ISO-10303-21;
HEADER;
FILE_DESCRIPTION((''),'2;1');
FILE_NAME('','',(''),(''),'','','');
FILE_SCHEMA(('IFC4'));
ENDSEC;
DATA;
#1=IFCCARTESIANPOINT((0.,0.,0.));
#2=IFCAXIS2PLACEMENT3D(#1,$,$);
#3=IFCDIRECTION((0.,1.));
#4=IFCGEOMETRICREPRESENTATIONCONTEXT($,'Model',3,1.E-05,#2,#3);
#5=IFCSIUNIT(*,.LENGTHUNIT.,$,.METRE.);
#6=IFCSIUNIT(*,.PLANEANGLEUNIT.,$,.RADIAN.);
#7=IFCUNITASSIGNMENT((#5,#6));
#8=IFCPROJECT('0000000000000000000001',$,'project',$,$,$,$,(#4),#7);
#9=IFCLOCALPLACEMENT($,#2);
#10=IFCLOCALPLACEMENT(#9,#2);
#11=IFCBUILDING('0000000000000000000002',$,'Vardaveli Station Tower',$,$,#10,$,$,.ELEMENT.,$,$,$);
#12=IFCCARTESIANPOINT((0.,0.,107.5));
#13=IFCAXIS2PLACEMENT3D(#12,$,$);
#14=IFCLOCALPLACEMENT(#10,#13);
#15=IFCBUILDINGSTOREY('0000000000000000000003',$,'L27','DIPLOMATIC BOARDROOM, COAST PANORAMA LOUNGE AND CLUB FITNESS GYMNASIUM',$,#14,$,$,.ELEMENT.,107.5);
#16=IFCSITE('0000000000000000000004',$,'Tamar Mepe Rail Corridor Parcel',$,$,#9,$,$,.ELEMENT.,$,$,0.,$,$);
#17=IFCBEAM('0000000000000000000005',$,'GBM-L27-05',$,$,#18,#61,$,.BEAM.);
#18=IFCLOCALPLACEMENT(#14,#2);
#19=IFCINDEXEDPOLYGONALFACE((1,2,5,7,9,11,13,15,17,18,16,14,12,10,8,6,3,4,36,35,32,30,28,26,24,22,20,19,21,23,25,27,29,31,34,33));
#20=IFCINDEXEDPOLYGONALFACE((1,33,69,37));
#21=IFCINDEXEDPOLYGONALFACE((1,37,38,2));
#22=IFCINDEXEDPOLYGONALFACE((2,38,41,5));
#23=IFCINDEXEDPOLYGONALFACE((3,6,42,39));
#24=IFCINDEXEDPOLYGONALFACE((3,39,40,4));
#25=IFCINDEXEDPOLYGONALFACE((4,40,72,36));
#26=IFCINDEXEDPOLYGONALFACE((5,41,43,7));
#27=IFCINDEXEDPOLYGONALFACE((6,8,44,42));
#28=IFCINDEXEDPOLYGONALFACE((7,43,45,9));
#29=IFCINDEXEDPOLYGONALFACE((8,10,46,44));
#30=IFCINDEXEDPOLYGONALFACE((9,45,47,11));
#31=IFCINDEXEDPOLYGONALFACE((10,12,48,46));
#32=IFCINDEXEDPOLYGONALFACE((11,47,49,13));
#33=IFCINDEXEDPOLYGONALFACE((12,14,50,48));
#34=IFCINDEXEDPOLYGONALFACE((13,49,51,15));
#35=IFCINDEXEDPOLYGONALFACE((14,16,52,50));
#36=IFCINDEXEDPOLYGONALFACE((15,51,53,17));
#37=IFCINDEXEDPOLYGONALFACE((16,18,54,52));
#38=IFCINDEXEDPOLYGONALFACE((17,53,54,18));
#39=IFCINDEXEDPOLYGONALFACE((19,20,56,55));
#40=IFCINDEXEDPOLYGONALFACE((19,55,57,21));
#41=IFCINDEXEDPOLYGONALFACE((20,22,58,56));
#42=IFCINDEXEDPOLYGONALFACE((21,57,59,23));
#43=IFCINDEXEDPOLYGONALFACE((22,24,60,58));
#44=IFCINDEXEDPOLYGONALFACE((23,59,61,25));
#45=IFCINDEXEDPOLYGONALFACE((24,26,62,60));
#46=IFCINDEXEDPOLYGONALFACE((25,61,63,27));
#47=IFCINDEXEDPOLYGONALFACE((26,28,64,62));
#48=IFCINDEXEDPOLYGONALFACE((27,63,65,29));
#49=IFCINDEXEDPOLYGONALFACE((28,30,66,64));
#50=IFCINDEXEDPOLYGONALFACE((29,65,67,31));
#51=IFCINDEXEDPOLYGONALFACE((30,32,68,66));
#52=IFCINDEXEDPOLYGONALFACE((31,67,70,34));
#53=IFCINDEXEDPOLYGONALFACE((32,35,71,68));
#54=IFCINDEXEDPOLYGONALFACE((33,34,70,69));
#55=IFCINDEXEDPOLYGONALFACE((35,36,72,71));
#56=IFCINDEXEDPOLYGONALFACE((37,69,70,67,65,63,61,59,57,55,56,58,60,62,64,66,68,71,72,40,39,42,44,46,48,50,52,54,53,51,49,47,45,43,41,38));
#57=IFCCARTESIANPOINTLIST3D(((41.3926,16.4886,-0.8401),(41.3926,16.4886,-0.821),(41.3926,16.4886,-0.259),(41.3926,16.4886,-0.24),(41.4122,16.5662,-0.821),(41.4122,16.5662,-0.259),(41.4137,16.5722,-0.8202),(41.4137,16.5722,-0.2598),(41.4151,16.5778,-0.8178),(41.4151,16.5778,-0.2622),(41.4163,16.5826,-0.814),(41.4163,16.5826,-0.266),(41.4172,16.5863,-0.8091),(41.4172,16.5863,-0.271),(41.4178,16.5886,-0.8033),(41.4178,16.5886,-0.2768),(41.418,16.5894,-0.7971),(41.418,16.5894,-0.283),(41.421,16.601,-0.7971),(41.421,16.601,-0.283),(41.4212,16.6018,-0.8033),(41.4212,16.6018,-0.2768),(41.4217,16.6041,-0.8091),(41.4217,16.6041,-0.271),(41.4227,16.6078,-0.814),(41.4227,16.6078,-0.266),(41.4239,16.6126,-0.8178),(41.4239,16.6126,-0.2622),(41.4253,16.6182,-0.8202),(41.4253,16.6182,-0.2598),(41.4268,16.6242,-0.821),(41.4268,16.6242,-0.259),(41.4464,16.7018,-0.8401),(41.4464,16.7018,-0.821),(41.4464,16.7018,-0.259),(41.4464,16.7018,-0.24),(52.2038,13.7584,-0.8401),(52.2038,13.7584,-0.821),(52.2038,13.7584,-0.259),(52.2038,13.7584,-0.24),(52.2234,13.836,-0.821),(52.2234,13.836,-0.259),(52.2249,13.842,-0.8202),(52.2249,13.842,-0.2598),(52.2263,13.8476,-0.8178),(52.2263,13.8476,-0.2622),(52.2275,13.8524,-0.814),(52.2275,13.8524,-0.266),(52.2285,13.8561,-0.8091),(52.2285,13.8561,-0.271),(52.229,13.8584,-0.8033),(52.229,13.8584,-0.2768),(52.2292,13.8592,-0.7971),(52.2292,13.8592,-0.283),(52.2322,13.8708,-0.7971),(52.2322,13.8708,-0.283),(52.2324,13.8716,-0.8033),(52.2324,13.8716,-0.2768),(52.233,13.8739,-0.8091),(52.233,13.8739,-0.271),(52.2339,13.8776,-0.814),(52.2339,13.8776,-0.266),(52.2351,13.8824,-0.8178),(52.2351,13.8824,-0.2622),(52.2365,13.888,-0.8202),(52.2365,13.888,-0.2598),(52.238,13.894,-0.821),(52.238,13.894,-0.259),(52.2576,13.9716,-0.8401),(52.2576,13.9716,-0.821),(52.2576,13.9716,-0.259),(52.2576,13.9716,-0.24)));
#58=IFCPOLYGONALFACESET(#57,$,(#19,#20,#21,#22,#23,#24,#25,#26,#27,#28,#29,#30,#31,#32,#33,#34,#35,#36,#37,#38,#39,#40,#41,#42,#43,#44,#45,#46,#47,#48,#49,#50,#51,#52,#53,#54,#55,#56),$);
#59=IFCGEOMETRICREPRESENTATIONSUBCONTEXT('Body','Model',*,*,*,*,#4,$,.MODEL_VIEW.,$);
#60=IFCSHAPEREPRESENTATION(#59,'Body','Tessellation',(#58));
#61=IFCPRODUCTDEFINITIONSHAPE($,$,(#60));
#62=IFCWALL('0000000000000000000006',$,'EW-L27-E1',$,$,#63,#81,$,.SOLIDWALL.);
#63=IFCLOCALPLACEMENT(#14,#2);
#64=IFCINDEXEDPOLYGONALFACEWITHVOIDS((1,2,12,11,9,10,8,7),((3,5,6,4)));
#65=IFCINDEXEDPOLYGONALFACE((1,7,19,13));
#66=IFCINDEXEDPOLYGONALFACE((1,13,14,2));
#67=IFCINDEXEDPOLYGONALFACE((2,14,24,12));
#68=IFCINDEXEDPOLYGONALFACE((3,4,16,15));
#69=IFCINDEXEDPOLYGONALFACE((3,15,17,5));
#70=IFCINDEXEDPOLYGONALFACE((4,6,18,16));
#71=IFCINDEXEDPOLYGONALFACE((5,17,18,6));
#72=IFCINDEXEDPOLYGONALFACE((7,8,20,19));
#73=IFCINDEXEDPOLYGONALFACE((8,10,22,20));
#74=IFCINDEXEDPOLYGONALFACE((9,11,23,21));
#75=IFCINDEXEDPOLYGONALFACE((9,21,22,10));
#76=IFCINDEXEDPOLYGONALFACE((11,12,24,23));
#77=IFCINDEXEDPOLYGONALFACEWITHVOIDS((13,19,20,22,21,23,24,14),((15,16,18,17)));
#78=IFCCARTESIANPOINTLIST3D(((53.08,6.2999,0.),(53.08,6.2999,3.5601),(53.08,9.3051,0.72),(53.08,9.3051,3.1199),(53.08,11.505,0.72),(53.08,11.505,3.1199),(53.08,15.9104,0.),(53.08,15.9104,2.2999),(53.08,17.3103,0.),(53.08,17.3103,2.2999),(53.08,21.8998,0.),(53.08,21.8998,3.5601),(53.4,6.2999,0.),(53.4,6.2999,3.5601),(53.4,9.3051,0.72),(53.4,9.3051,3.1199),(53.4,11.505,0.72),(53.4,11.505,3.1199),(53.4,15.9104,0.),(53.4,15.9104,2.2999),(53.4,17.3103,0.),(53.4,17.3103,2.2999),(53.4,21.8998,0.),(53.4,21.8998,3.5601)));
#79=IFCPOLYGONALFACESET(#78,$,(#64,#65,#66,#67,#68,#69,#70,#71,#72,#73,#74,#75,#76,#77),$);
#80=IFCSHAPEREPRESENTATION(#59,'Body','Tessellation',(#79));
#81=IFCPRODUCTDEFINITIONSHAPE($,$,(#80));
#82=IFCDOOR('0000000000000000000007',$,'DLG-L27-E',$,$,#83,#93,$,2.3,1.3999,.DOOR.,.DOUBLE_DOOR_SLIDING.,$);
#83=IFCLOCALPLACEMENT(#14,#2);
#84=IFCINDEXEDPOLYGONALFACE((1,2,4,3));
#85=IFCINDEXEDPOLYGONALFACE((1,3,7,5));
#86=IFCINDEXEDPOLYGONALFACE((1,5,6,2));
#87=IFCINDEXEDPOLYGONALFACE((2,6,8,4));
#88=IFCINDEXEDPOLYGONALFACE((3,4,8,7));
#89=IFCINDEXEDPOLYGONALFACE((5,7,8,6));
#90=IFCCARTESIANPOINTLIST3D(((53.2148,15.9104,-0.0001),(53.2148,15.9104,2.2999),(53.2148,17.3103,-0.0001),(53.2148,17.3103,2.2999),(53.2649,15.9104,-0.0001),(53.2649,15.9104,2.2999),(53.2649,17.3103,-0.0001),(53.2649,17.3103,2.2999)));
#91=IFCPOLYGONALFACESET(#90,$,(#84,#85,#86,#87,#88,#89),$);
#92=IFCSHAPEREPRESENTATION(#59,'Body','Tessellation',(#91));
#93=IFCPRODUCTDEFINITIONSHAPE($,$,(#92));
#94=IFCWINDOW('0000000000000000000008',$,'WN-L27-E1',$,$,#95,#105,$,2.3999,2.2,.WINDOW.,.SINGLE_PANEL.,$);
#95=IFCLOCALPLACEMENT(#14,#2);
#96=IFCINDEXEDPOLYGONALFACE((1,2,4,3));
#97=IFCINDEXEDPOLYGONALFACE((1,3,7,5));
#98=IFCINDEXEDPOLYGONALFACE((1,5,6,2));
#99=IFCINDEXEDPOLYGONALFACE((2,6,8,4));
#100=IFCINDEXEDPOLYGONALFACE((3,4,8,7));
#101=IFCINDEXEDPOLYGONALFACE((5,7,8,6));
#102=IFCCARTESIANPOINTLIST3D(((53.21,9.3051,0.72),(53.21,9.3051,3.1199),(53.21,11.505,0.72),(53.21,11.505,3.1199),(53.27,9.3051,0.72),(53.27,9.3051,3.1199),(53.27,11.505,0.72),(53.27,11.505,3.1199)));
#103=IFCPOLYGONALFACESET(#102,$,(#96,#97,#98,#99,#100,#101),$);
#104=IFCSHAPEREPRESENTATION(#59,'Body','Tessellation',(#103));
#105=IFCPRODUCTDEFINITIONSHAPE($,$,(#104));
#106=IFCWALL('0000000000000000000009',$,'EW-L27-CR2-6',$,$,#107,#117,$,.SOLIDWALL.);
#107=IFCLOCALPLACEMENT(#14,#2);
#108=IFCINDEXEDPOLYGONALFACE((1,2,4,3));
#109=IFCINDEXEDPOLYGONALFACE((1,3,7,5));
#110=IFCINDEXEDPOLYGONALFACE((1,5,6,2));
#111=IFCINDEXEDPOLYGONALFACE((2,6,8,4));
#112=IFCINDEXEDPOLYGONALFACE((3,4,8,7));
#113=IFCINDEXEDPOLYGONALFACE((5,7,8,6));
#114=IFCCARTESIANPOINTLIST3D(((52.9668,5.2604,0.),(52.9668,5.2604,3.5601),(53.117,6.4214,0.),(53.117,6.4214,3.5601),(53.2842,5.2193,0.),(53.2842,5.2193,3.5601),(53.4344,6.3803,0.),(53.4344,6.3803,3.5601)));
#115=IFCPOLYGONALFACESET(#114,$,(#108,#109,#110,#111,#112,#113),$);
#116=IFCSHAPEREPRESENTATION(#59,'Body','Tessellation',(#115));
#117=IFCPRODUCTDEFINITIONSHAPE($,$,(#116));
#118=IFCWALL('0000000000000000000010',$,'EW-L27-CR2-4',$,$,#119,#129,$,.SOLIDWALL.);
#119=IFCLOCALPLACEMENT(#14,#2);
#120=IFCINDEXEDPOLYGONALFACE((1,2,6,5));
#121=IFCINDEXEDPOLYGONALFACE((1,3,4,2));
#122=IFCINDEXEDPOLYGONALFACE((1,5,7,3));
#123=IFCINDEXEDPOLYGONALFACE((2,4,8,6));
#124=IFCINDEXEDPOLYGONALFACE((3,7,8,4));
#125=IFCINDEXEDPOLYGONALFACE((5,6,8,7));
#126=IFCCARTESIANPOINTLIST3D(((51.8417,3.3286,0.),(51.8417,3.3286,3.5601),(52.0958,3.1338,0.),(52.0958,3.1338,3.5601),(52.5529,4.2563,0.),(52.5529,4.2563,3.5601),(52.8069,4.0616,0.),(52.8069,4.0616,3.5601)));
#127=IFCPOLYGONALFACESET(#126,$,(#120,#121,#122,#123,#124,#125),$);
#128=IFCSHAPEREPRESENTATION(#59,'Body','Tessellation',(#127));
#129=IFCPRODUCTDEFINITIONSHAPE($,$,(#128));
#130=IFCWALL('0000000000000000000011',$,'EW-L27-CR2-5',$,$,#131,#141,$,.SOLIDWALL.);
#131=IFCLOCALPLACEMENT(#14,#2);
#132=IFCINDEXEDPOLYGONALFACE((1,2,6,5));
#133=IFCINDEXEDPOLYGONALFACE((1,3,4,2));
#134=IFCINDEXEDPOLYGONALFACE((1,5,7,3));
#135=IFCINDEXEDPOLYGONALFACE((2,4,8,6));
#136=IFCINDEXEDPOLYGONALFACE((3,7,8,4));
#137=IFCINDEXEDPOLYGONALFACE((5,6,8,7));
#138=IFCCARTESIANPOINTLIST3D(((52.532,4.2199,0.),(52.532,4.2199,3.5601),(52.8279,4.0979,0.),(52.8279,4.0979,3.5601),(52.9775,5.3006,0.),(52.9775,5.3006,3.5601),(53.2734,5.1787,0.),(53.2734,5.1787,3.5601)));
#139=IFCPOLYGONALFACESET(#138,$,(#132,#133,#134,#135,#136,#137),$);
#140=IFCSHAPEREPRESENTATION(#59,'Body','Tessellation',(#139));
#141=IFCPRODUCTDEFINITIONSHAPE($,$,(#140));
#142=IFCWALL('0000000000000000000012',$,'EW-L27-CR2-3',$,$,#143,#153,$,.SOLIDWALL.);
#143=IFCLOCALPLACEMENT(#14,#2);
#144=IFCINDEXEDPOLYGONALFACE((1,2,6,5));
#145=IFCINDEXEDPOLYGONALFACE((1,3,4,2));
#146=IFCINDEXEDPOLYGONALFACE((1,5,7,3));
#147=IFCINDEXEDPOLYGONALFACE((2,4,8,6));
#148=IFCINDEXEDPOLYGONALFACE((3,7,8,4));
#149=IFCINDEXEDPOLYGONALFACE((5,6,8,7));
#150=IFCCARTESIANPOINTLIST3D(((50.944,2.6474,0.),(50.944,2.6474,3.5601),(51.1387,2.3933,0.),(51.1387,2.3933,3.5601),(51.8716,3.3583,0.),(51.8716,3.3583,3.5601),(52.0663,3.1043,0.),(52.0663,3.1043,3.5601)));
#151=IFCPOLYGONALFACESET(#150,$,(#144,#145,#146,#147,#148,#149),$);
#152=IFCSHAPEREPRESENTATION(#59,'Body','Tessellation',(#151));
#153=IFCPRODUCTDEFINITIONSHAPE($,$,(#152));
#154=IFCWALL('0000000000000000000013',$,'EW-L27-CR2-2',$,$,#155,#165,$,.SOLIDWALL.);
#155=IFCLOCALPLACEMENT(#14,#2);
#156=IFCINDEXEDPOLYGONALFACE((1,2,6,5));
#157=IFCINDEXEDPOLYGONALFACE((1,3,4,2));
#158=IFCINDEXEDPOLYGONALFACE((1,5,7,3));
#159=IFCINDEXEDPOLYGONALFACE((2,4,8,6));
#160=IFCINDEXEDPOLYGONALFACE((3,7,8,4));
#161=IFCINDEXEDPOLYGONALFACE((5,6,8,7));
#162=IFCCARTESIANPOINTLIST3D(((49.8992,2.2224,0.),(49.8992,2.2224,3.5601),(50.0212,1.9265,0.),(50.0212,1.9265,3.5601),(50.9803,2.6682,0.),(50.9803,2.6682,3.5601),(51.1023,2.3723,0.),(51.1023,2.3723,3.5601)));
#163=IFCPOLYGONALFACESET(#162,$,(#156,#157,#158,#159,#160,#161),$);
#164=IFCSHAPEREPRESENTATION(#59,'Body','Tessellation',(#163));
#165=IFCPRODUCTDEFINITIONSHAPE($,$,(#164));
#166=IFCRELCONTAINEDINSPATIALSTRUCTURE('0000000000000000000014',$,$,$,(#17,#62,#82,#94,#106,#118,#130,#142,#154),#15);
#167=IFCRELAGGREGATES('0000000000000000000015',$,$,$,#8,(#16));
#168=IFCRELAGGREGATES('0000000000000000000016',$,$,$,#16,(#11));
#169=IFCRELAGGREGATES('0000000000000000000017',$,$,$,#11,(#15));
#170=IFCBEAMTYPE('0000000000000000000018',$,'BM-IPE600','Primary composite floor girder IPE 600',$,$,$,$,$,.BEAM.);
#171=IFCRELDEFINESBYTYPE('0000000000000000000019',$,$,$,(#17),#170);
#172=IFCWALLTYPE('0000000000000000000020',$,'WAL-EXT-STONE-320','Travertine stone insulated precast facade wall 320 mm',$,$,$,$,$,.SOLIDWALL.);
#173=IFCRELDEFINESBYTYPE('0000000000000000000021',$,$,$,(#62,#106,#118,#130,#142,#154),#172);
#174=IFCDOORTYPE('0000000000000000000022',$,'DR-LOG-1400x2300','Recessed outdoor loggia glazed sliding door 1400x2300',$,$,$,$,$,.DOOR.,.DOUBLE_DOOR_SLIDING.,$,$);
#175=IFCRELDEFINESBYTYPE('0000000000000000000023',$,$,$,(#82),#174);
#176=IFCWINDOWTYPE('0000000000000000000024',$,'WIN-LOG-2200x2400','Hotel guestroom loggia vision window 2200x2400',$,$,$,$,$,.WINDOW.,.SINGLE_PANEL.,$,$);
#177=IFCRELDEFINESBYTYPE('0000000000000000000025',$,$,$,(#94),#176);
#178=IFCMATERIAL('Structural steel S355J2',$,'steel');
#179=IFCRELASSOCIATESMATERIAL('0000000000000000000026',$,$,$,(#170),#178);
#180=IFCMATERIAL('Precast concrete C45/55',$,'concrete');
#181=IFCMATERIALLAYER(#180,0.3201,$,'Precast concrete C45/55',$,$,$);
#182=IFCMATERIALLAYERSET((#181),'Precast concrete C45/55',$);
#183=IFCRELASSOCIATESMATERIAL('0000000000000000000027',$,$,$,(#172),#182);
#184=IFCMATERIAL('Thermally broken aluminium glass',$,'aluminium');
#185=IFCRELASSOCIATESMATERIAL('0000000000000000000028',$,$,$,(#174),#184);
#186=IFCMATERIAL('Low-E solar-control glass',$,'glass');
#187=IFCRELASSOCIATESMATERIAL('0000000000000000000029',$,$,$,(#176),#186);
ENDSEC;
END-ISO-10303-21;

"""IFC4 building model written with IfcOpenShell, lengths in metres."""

from ifc_helpers import new_model, si_unit, direction, frame, frame_2d, origin, origin_2d, place, context, subcontext, project, spatial, rectangle, i_section, extrude, source, transform, mapped, material, layer, layer_set, material_profile, profile_set, type_object, element, fill, save


model = new_model("IFC4")

# Units and contexts
model_context = context("Model", 3, precision=1e-05, world=origin(), true_north=direction((0.0, 1.0)))
body_context = subcontext(model_context, "Body", "Model", "MODEL_VIEW")
ifc_project = project(units=[si_unit("LENGTHUNIT", "METRE"), si_unit("PLANEANGLEUNIT", "RADIAN")], contexts=[model_context])

# Site, building, storey
site_placement = place(None, origin())
site = spatial("IfcSite", under=ifc_project, at=site_placement, Name="Tamar Mepe Rail Corridor Parcel", CompositionType="ELEMENT", RefElevation=0.0)
building_placement = place(site_placement, origin())
building = spatial("IfcBuilding", under=site, at=building_placement, Name="Vardaveli Station Tower", CompositionType="ELEMENT")
storey_placement = place(building_placement, frame((0.0, 0.0, 107.5)))
storey = spatial("IfcBuildingStorey", under=building, at=storey_placement, Name="L27", Description="DIPLOMATIC BOARDROOM, COAST PANORAMA LOUNGE AND CLUB FITNESS GYMNASIUM", CompositionType="ELEMENT", Elevation=107.5)

# Beam
ifc_material_1 = material(Name="Precast concrete C45/55", Category="concrete")
ifc_material_2 = material(Name="Structural steel S355J2", Category="steel")
ifc_material_profile_1 = material_profile(ifc_material_2, i_section(OverallWidth=0.22, OverallDepth=0.6001, WebThickness=0.012, FlangeThickness=0.019, FilletRadius=0.0239, at=origin_2d()), Name="IPE 600")
ifc_profile_set_1 = profile_set([ifc_material_profile_1], Name="Structural steel S355J2")
beam_type_1 = type_object("IfcBeamType", Name="BM-IPE600", Description="Primary composite floor girder IPE 600", PredefinedType="BEAM", material=ifc_profile_set_1)
shared_shape_1 = source(origin(), body_context, "Body", "SweptSolid", [
    extrude(i_section(OverallWidth=0.22, OverallDepth=0.6001, WebThickness=0.012, FlangeThickness=0.019, FilletRadius=0.0239, at=origin_2d()), origin(), (0.0, 0.0, 1.0), 11.1506),
])
beam_1_placement = place(storey_placement, frame((52.2307, 13.865, -0.54), z_axis=(-0.969561, 0.244848, 0.0), x_axis=(-0.244848, -0.969561, 0.0)))
element("IfcBeam", 1, at=beam_1_placement, inside=storey, type_object=beam_type_1, Name="GBM-L27-05", PredefinedType="BEAM", context=body_context, shape_type="MappedRepresentation", body=[
    mapped(shared_shape_1, transform((0.0, 0.0, 0.0), scale=1.0)),
])

# Wall, openings, door, window
ifc_layer_1 = layer(ifc_material_1, 0.3201, Name="Precast concrete C45/55")
ifc_layer_set_1 = layer_set([ifc_layer_1], Name="Precast concrete C45/55")
wall_type_1 = type_object("IfcWallType", Name="WAL-EXT-STONE-320", Description="Travertine stone insulated precast facade wall 320 mm", PredefinedType="SOLIDWALL", material=ifc_layer_set_1)
shared_shape_2 = source(origin(), body_context, "Body", "SweptSolid", [
    extrude(rectangle(XDim=15.5999, YDim=0.3201, at=frame_2d((7.7998, 0.0))), origin(), (0.0, 0.0, 1.0), 3.5601),
])
wall_1_placement = place(storey_placement, frame((53.24, 6.3, 0.0), z_axis=(0.0, 0.0, 1.0), x_axis=(0.0, 1.0, 0.0)))
wall_1 = element("IfcWall", 2, at=wall_1_placement, inside=storey, type_object=wall_type_1, Name="EW-L27-E1", PredefinedType="SOLIDWALL", context=body_context, shape_type="MappedRepresentation", body=[
    mapped(shared_shape_2, transform((0.0, 0.0, 0.0), scale=1.0)),
])
shared_shape_3 = source(origin(), body_context, "Body", "SweptSolid", [
    extrude(rectangle(XDim=1.3999, YDim=2.3, at=frame_2d((0.7, 1.1499))), frame((0.0, 0.1699, 0.0), z_axis=(0.0, -1.0, 0.0), x_axis=(1.0, 0.0, 0.0)), (0.0, 0.0, 1.0), 0.3401),
])
opening_1_placement = place(wall_1_placement, frame((9.6104, 0.0, 0.0)))
opening_1 = element("IfcOpeningElement", 3, at=opening_1_placement, cuts=wall_1, PredefinedType="OPENING", context=body_context, shape_type="MappedRepresentation", body=[
    mapped(shared_shape_3, transform((0.0, 0.0, 0.0), scale=1.0)),
])
shared_shape_4 = source(origin(), body_context, "Body", "SweptSolid", [
    extrude(rectangle(XDim=2.2, YDim=2.3999, at=frame_2d((1.1001, 1.2))), frame((0.0, 0.1699, 0.0), z_axis=(0.0, -1.0, 0.0), x_axis=(1.0, 0.0, 0.0)), (0.0, 0.0, 1.0), 0.3401),
])
opening_2_placement = place(wall_1_placement, frame((3.0049, 0.0, 0.72)))
opening_2 = element("IfcOpeningElement", 4, at=opening_2_placement, cuts=wall_1, PredefinedType="OPENING", context=body_context, shape_type="MappedRepresentation", body=[
    mapped(shared_shape_4, transform((0.0, 0.0, 0.0), scale=1.0)),
])
ifc_material_3 = material(Name="Thermally broken aluminium glass", Category="aluminium")
door_type_1 = type_object("IfcDoorType", Name="DR-LOG-1400x2300", Description="Recessed outdoor loggia glazed sliding door 1400x2300", OperationType="DOUBLE_DOOR_SLIDING", PredefinedType="DOOR", material=ifc_material_3)
shared_shape_5 = source(origin(), body_context, "Body", "SweptSolid", [
    extrude(rectangle(XDim=1.3999, YDim=2.3, at=frame_2d((0.7, 1.1499))), frame((0.0, 0.0249, 0.0), z_axis=(0.0, -1.0, 0.0), x_axis=(1.0, 0.0, 0.0)), (0.0, 0.0, 1.0), 0.05),
])
door_1_placement = place(opening_1_placement, frame((1.3999, 0.0, 0.0), z_axis=(0.0, 0.0, 1.0), x_axis=(-1.0, 0.0, 0.0)))
door_1 = element("IfcDoor", 5, at=door_1_placement, inside=storey, type_object=door_type_1, Name="DLG-L27-E", OperationType="DOUBLE_DOOR_SLIDING", OverallHeight=2.3, OverallWidth=1.3999, PredefinedType="DOOR", context=body_context, shape_type="MappedRepresentation", body=[
    mapped(shared_shape_5, transform((0.0, 0.0, 0.0), scale=1.0)),
])
fill(opening_1, door_1)
ifc_material_4 = material(Name="Low-E solar-control glass", Category="glass")
window_type = type_object("IfcWindowType", Name="WIN-LOG-2200x2400", Description="Hotel guestroom loggia vision window 2200x2400", PartitioningType="SINGLE_PANEL", PredefinedType="WINDOW", material=ifc_material_4)
shared_shape_6 = source(origin(), body_context, "Body", "SweptSolid", [
    extrude(rectangle(XDim=2.2, YDim=2.3999, at=frame_2d((1.1001, 1.2))), frame((0.0, 0.03, 0.0), z_axis=(0.0, -1.0, 0.0), x_axis=(1.0, 0.0, 0.0)), (0.0, 0.0, 1.0), 0.0601),
])
window_placement = place(opening_2_placement, origin())
window = element("IfcWindow", 6, at=window_placement, inside=storey, type_object=window_type, Name="WN-L27-E1", OverallHeight=2.3999, OverallWidth=2.2, PartitioningType="SINGLE_PANEL", PredefinedType="WINDOW", context=body_context, shape_type="MappedRepresentation", body=[
    mapped(shared_shape_6, transform((0.0, 0.0, 0.0), scale=1.0)),
])
fill(opening_2, window)

# Walls
shared_shape_7 = source(origin(), body_context, "Body", "SweptSolid", [
    extrude(rectangle(XDim=1.1707, YDim=0.3201, at=frame_2d((0.5854, 0.0))), origin(), (0.0, 0.0, 1.0), 3.5601),
])
wall_2_placement = place(storey_placement, frame((53.1255, 5.2397, 0.0), z_axis=(0.0, 0.0, 1.0), x_axis=(0.128269, 0.991739, 0.0)))
element("IfcWall", 7, at=wall_2_placement, inside=storey, type_object=wall_type_1, Name="EW-L27-CR2-6", PredefinedType="SOLIDWALL", context=body_context, shape_type="MappedRepresentation", body=[
    mapped(shared_shape_7, transform((0.0, 0.0, 0.0), scale=1.0)),
])
shared_shape_8 = source(origin(), body_context, "Body", "SweptSolid", [
    extrude(rectangle(XDim=1.1689, YDim=0.3201, at=frame_2d((0.5845, 0.0))), origin(), (0.0, 0.0, 1.0), 3.5601),
])
for number, where, z_axis, x_axis, name in (
    (8, (51.9688, 3.2312, 0.0), (0.0, 0.0, 1.0), (0.608388, 0.79364, 0.0), "EW-L27-CR2-4"),
    (9, (52.6799, 4.1589, 0.0), (0.0, 0.0, 1.0), (0.381128, 0.924522, 0.0), "EW-L27-CR2-5"),
):
    element("IfcWall", number, at=place(storey_placement, frame(where, z_axis=z_axis, x_axis=x_axis)), inside=storey, type_object=wall_type_1, Name=name, PredefinedType="SOLIDWALL", context=body_context, shape_type="MappedRepresentation", body=[
        mapped(shared_shape_8, transform((0.0, 0.0, 0.0), scale=1.0)),
    ])
shared_shape_9 = source(origin(), body_context, "Body", "SweptSolid", [
    extrude(rectangle(XDim=1.1687, YDim=0.3201, at=frame_2d((0.5845, 0.0))), origin(), (0.0, 0.0, 1.0), 3.5601),
])
wall_3_placement = place(storey_placement, frame((51.0413, 2.5203, 0.0), z_axis=(0.0, 0.0, 1.0), x_axis=(0.793664, 0.608357, 0.0)))
element("IfcWall", 10, at=wall_3_placement, inside=storey, type_object=wall_type_1, Name="EW-L27-CR2-3", PredefinedType="SOLIDWALL", context=body_context, shape_type="MappedRepresentation", body=[
    mapped(shared_shape_9, transform((0.0, 0.0, 0.0), scale=1.0)),
])
shared_shape_10 = source(origin(), body_context, "Body", "SweptSolid", [
    extrude(rectangle(XDim=1.1694, YDim=0.3201, at=frame_2d((0.5847, 0.0))), origin(), (0.0, 0.0, 1.0), 3.5601),
])
wall_4_placement = place(storey_placement, frame((49.9602, 2.0745, 0.0), z_axis=(0.0, 0.0, 1.0), x_axis=(0.924479, 0.381233, 0.0)))
element("IfcWall", 11, at=wall_4_placement, inside=storey, type_object=wall_type_1, Name="EW-L27-CR2-2", PredefinedType="SOLIDWALL", context=body_context, shape_type="MappedRepresentation", body=[
    mapped(shared_shape_10, transform((0.0, 0.0, 0.0), scale=1.0)),
])

save(model, "model.ifc")
